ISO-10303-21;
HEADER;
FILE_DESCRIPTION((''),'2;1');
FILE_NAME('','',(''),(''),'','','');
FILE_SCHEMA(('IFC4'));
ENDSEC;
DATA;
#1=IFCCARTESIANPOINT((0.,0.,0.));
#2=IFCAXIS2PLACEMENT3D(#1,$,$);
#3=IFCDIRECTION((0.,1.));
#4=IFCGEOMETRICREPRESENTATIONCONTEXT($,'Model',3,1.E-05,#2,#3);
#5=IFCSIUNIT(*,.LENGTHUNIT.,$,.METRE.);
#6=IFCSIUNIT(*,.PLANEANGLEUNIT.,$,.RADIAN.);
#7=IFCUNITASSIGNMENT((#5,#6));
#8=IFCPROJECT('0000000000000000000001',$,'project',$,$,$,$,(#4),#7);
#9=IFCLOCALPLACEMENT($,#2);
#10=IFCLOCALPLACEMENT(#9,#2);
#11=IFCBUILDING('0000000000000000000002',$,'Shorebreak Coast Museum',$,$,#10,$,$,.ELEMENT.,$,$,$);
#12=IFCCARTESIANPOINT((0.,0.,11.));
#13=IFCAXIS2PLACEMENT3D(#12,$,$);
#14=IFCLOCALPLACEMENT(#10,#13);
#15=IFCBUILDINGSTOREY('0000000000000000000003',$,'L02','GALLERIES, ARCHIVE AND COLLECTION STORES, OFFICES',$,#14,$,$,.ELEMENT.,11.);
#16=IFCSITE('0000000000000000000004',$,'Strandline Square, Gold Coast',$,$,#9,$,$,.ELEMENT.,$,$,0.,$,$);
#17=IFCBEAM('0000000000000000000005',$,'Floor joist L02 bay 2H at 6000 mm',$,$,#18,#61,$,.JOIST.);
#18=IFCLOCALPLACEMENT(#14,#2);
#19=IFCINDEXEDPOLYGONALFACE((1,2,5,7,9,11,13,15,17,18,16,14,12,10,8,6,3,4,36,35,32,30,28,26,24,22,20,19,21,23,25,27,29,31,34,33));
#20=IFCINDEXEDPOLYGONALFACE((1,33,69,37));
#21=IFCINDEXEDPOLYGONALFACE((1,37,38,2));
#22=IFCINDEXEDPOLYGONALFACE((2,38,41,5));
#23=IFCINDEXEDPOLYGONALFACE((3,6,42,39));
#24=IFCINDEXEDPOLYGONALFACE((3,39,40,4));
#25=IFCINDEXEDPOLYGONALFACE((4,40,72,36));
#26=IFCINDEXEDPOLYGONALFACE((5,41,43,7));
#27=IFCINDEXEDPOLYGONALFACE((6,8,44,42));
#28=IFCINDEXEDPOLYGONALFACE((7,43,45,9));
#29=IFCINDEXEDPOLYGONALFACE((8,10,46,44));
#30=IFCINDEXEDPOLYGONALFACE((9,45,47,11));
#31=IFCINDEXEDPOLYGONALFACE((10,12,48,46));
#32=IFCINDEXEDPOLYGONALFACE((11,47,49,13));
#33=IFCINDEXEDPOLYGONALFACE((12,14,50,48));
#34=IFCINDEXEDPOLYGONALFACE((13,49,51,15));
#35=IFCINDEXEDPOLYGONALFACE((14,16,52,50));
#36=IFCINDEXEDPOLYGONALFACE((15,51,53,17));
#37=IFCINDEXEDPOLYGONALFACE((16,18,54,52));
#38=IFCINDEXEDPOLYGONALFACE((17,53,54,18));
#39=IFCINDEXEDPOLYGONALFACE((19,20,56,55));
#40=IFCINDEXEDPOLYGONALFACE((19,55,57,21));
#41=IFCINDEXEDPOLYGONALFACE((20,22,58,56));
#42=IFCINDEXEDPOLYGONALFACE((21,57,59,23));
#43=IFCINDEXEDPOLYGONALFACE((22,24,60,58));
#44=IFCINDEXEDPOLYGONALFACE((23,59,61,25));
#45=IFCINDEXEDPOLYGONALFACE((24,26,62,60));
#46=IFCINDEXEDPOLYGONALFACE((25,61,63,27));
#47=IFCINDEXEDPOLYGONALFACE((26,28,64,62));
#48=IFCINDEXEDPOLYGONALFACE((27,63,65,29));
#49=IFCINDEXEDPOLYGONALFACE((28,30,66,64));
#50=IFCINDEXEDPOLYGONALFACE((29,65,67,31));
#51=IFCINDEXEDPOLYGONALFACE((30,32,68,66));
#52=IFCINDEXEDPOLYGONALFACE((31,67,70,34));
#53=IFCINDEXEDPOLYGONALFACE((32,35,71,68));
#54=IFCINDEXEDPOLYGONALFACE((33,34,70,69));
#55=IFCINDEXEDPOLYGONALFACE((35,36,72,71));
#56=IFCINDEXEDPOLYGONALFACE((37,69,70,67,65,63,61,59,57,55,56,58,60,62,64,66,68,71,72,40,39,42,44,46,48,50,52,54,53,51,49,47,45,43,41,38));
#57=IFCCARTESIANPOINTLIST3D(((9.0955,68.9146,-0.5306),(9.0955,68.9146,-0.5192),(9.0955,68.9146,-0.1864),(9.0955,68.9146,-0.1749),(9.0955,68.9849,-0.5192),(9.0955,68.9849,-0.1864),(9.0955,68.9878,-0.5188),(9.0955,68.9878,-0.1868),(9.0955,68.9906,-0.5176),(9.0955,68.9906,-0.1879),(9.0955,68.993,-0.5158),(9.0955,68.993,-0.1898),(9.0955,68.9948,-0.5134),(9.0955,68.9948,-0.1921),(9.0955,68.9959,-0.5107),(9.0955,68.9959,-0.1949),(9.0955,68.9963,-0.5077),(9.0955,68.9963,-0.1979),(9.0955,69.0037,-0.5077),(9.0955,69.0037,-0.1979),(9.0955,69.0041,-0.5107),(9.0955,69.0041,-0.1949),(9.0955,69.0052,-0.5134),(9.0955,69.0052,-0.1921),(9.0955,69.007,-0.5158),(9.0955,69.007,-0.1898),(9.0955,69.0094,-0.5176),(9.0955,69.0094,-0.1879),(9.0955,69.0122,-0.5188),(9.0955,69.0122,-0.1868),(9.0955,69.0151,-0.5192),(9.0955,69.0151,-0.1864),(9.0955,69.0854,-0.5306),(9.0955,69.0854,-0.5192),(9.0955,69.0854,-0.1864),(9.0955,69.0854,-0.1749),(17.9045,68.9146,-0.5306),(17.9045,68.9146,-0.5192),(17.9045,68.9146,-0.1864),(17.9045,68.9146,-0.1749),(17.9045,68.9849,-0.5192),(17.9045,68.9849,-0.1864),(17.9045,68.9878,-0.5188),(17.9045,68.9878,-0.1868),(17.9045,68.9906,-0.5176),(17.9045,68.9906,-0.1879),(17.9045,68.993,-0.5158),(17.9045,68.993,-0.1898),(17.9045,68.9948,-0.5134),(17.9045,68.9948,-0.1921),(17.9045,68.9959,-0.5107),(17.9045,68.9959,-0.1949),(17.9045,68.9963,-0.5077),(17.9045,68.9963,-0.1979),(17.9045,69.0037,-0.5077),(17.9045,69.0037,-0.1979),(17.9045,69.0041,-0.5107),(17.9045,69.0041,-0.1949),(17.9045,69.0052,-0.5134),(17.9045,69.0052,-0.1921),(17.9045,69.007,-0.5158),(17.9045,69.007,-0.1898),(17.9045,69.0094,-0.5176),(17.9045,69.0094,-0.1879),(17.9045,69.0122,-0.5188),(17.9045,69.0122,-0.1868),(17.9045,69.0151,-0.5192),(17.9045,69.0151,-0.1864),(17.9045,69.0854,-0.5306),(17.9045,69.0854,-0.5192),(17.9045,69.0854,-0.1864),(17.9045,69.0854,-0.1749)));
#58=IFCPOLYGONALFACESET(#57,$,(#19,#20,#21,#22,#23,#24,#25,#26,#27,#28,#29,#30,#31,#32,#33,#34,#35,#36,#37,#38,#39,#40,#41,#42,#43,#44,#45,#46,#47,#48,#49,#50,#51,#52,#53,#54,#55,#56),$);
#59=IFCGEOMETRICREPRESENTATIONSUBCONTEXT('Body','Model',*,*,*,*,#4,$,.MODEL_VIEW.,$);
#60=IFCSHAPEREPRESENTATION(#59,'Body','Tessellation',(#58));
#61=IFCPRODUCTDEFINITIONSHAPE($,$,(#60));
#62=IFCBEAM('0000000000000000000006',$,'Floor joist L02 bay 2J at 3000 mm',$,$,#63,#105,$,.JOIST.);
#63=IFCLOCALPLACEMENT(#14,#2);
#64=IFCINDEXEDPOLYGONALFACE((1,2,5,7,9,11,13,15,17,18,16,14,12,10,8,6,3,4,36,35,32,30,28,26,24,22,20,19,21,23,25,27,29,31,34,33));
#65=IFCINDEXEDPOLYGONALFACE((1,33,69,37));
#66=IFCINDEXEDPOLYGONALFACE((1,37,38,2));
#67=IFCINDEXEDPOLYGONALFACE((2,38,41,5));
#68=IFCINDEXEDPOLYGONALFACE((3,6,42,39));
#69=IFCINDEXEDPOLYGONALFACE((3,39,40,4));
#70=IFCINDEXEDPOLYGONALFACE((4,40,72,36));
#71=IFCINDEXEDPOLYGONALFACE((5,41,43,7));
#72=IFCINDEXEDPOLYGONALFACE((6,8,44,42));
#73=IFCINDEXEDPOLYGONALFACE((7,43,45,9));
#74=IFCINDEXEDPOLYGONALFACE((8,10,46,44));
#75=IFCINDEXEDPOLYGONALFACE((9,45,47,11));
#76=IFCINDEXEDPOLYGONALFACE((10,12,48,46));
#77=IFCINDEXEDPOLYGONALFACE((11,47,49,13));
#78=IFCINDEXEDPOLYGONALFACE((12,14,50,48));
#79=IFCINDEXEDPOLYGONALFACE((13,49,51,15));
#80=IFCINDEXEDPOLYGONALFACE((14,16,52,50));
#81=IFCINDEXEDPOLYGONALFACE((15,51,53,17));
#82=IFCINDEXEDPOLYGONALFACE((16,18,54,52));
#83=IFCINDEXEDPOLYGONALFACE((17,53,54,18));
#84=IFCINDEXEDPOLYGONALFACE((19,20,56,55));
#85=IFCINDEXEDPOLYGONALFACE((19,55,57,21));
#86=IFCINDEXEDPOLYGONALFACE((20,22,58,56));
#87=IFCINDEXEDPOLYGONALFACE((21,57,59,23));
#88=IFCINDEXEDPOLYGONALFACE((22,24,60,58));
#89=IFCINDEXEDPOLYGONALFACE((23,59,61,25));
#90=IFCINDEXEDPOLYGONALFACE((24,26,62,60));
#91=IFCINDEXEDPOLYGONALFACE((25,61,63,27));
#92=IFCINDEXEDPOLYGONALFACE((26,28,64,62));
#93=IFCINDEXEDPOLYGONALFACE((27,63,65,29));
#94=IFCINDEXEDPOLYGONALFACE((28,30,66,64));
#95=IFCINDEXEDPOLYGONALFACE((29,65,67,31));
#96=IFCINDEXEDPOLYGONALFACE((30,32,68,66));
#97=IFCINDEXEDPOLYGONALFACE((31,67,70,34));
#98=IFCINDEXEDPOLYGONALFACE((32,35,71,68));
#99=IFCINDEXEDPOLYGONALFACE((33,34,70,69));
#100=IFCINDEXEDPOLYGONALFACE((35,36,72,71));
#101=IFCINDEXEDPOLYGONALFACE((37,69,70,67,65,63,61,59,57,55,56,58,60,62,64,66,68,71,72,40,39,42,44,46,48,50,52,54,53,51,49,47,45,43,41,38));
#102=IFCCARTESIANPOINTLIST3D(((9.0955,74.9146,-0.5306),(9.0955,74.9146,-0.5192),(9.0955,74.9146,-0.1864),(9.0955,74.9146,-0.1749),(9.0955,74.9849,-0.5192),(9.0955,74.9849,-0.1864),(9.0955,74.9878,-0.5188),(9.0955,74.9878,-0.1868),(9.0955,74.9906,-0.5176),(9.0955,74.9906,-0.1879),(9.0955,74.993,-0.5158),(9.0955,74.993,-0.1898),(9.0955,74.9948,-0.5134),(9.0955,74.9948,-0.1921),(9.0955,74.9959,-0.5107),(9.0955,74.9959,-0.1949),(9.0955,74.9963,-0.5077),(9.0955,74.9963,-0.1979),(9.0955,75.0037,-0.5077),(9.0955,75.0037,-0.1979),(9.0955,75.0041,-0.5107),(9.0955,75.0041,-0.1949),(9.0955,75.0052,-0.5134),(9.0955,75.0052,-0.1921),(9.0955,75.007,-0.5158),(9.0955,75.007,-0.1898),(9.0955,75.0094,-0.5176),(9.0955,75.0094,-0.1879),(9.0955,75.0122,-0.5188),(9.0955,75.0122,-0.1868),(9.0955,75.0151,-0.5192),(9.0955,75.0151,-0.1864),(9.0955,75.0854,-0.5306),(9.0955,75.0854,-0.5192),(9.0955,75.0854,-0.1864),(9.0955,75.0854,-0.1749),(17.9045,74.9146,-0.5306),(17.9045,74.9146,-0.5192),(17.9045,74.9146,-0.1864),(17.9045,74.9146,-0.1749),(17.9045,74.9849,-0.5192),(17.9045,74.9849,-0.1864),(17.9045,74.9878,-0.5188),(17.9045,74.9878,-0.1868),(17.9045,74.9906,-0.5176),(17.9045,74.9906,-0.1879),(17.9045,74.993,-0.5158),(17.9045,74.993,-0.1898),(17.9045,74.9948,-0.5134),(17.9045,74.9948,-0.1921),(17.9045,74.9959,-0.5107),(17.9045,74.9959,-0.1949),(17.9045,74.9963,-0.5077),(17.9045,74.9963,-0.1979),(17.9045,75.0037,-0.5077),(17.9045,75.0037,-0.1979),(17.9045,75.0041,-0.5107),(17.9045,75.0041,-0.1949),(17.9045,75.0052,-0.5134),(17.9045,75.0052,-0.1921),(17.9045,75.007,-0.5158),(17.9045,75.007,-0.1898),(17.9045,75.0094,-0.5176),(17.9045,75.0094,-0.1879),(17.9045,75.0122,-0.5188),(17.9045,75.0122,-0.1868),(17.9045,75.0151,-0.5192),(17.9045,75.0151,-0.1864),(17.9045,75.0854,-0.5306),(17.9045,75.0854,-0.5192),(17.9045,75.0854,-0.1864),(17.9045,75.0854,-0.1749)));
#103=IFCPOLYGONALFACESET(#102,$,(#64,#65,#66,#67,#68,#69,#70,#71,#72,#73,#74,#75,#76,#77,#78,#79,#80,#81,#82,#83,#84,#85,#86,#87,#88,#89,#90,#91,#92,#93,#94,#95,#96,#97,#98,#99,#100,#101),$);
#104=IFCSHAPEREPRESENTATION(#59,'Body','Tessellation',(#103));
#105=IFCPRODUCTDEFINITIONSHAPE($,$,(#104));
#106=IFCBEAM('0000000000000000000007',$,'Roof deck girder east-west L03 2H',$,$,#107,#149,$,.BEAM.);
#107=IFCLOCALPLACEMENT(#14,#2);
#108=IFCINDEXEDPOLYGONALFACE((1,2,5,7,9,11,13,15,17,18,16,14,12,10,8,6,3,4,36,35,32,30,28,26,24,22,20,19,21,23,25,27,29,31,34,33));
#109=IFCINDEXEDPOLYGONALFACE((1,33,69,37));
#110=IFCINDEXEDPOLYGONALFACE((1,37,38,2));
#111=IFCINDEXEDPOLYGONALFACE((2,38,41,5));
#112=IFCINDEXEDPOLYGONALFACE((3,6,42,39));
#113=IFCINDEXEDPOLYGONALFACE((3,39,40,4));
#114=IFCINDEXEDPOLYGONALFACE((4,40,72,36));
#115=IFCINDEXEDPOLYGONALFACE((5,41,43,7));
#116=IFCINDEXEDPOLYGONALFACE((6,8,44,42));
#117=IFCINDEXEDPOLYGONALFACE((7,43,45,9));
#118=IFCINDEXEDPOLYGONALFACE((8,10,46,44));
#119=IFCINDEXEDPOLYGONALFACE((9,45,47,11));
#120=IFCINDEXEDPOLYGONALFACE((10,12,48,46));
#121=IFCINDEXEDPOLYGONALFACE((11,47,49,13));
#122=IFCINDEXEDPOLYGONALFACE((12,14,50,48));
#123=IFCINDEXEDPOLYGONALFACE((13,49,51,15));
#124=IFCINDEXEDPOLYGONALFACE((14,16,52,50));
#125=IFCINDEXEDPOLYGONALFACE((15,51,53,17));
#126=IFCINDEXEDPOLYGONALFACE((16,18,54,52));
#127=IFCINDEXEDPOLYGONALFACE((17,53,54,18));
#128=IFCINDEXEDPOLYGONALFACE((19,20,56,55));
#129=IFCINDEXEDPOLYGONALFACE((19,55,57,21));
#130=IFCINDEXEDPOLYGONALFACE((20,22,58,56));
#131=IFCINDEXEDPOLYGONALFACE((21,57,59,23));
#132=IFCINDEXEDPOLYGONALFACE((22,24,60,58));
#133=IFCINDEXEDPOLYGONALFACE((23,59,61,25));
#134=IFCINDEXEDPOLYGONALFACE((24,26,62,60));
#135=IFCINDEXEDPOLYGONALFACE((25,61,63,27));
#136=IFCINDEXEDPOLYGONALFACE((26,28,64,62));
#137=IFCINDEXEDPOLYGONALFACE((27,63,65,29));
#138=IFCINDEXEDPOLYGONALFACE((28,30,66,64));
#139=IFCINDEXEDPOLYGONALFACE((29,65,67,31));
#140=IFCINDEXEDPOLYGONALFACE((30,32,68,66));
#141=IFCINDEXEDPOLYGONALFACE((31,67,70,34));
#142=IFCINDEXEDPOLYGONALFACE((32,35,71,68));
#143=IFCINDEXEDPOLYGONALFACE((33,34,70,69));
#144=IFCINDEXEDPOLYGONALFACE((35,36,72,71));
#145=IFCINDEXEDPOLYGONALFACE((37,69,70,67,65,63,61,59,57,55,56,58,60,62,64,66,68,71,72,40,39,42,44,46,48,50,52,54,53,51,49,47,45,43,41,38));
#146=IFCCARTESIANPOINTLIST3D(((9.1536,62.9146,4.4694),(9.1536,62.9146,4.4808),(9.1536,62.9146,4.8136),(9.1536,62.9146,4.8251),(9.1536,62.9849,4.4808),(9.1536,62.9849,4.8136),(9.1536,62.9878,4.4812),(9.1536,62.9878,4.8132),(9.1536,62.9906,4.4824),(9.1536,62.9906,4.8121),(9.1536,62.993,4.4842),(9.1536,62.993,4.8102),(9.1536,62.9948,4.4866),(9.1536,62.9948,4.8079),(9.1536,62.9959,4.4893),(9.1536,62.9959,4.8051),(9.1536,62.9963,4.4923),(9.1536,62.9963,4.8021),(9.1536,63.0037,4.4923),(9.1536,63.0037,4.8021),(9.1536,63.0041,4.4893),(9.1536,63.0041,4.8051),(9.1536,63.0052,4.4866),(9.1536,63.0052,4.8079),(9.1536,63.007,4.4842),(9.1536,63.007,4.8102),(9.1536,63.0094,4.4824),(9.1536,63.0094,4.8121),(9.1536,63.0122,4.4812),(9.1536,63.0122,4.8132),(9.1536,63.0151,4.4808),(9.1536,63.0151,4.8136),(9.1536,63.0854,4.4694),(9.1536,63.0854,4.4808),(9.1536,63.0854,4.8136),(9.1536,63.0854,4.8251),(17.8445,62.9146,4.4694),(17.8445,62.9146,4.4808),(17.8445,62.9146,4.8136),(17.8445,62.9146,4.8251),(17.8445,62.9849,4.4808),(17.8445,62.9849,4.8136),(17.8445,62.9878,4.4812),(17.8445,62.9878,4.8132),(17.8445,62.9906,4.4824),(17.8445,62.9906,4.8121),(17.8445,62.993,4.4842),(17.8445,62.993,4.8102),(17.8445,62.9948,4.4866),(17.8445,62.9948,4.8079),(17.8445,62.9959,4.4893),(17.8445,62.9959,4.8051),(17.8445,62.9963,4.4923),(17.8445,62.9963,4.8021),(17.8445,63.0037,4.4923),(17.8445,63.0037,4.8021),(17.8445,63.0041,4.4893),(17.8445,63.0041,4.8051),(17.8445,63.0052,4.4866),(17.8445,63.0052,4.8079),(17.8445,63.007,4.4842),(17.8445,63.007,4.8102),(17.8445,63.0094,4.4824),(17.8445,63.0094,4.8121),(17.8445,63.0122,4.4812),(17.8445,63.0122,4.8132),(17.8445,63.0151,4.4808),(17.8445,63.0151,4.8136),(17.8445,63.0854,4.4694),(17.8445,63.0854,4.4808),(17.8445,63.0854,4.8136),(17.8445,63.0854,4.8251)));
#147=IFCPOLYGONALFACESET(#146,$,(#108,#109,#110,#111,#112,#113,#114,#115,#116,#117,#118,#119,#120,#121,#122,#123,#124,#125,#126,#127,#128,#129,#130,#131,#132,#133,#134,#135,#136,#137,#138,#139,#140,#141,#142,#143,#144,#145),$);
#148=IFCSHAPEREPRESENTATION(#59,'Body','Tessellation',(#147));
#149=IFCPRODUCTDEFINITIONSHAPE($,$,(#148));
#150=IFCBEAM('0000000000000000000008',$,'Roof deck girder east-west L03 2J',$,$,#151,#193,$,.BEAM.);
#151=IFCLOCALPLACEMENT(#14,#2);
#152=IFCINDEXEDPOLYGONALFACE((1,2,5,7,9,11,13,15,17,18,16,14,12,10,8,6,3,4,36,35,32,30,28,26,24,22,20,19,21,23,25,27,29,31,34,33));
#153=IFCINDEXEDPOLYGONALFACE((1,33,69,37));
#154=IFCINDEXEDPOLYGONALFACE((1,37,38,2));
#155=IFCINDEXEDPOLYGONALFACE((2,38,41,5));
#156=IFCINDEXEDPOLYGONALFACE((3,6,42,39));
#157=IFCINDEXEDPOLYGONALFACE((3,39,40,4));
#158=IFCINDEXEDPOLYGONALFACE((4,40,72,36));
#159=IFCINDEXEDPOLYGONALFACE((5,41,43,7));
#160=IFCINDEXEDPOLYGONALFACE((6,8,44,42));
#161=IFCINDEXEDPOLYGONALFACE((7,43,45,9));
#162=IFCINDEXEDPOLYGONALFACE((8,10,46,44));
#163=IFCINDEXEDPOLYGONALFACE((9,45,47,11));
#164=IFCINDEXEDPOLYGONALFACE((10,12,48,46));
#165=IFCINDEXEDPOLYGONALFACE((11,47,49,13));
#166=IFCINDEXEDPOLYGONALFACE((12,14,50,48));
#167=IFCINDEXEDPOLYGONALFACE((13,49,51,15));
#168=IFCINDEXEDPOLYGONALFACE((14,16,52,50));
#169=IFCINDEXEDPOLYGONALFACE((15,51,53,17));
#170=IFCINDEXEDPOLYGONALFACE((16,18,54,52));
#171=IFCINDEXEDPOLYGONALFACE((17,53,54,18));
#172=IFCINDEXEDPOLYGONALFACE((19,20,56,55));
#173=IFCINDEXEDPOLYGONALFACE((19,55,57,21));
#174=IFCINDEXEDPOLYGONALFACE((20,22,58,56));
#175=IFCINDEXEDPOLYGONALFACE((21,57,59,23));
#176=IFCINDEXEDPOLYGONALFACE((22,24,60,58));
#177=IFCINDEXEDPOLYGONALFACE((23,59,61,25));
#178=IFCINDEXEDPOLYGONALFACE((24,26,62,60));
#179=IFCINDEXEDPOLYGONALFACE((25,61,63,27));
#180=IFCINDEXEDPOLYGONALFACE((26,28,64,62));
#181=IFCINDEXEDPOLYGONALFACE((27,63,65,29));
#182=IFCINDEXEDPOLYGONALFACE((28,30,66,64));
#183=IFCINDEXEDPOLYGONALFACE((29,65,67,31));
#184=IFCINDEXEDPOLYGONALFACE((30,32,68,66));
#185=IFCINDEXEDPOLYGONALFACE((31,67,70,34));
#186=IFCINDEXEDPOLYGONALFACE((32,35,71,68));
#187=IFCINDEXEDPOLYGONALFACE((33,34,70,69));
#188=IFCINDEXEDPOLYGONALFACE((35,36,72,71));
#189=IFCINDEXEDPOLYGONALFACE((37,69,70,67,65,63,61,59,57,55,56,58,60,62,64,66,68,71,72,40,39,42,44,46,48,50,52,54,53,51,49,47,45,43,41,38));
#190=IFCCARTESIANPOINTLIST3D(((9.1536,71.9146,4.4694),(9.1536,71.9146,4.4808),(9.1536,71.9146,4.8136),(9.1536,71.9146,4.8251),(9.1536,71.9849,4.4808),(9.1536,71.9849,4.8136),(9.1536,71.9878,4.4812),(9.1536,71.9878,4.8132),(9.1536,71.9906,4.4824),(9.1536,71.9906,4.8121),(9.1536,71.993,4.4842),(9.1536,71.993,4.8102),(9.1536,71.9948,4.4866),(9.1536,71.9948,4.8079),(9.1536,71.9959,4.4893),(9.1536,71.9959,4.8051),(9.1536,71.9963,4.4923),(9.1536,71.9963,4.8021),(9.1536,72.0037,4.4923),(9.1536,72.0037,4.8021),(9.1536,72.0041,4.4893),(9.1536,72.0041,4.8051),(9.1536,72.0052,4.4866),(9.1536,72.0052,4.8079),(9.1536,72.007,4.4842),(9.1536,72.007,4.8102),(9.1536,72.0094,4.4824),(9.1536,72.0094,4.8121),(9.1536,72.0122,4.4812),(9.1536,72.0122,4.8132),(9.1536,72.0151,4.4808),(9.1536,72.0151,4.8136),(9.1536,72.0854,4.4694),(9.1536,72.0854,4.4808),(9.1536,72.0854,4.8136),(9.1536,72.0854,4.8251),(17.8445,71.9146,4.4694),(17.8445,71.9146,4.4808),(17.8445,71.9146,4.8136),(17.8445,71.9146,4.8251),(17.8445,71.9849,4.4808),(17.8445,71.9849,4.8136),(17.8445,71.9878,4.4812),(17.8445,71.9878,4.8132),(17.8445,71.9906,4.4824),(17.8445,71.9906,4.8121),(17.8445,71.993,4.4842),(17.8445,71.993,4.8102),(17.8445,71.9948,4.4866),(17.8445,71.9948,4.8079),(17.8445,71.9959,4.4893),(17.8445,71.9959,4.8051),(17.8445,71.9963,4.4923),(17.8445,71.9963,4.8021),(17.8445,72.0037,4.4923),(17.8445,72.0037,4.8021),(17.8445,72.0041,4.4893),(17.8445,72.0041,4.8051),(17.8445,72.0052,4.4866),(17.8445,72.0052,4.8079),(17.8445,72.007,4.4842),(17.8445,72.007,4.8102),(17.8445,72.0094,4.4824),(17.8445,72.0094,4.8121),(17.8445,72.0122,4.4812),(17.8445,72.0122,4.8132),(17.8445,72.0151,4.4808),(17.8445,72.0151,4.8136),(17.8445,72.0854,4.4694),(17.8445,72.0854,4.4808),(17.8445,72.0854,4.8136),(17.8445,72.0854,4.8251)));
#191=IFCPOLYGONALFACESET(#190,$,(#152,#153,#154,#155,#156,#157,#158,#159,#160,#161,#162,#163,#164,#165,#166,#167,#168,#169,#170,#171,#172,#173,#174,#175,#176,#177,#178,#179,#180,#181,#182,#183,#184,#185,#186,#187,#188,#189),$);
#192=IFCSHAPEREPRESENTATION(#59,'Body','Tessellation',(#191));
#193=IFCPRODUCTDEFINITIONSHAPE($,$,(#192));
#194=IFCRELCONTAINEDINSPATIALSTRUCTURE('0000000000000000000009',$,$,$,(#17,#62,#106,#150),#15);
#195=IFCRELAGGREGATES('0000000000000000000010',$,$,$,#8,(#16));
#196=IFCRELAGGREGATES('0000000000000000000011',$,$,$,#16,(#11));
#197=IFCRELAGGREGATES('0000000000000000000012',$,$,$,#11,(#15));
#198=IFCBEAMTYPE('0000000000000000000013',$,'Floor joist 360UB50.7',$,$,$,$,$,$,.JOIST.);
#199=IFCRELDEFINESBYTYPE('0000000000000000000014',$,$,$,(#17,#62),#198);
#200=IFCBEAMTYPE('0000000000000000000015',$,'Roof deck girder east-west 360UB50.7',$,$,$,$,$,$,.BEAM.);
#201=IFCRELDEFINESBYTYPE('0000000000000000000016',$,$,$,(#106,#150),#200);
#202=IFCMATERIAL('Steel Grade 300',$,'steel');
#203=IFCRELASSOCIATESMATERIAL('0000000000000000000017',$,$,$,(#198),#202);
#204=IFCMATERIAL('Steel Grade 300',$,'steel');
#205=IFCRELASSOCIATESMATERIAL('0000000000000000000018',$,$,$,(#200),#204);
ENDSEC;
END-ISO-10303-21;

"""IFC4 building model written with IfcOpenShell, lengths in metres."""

from ifc_helpers import new_model, si_unit, direction, frame, origin, origin_2d, place, context, subcontext, project, spatial, i_section, extrude, material, material_profile, profile_set, type_object, element, save


model = new_model("IFC4")

# Units and contexts
model_context = context("Model", 3, precision=1e-05, world=origin(), true_north=direction((0.0, 1.0)))
body_context = subcontext(model_context, "Body", "Model", "MODEL_VIEW")
ifc_project = project(units=[si_unit("LENGTHUNIT", "METRE"), si_unit("PLANEANGLEUNIT", "RADIAN")], contexts=[model_context])

# Site, building, storey
site_placement = place(None, origin())
site = spatial("IfcSite", under=ifc_project, at=site_placement, Name="Strandline Square, Gold Coast", CompositionType="ELEMENT", RefElevation=0.0)
building_placement = place(site_placement, origin())
building = spatial("IfcBuilding", under=site, at=building_placement, Name="Shorebreak Coast Museum", CompositionType="ELEMENT")
storey_placement = place(building_placement, frame((0.0, 0.0, 11.0)))
storey = spatial("IfcBuildingStorey", under=building, at=storey_placement, Name="L02", Description="GALLERIES, ARCHIVE AND COLLECTION STORES, OFFICES", CompositionType="ELEMENT", Elevation=11.0)

# Beams
ifc_material_1 = material(Name="Steel Grade 300", Category="steel")
ifc_material_profile_1 = material_profile(ifc_material_1, i_section(OverallWidth=0.1709, OverallDepth=0.3557, WebThickness=0.0073, FlangeThickness=0.0115, FilletRadius=0.0115, at=origin_2d()), Name="360UB50.7")
ifc_profile_set_1 = profile_set([ifc_material_profile_1], Name="Steel Grade 300")
beam_type_1 = type_object("IfcBeamType", Name="Floor joist 360UB50.7", PredefinedType="JOIST", material=ifc_profile_set_1)
for number, where, z_axis, x_axis, name in (
    (1, (9.0955, 69.0, -0.3528), (1.0, 0.0, 0.0), (0.0, 1.0, 0.0), "Floor joist L02 bay 2H at 6000 mm"),
    (2, (9.0955, 75.0, -0.3528), (1.0, 0.0, 0.0), (0.0, 1.0, 0.0), "Floor joist L02 bay 2J at 3000 mm"),
):
    element("IfcBeam", number, at=place(storey_placement, frame(where, z_axis=z_axis, x_axis=x_axis)), inside=storey, type_object=beam_type_1, Name=name, PredefinedType="JOIST", context=body_context, shape_type="SweptSolid", body=[
        extrude(i_section(OverallWidth=0.1709, OverallDepth=0.3557, WebThickness=0.0073, FlangeThickness=0.0115, FilletRadius=0.0115, at=origin_2d()), origin(), (0.0, 0.0, 1.0), 8.8091),
    ])
ifc_material_2 = material(Name="Steel Grade 300", Category="steel")
ifc_material_profile_2 = material_profile(ifc_material_2, i_section(OverallWidth=0.1709, OverallDepth=0.3557, WebThickness=0.0073, FlangeThickness=0.0115, FilletRadius=0.0115, at=origin_2d()), Name="360UB50.7")
ifc_profile_set_2 = profile_set([ifc_material_profile_2], Name="Steel Grade 300")
beam_type_2 = type_object("IfcBeamType", Name="Roof deck girder east-west 360UB50.7", PredefinedType="BEAM", material=ifc_profile_set_2)
for number, where, z_axis, x_axis, name in (
    (3, (9.1536, 63.0, 4.6472), (1.0, 0.0, 0.0), (0.0, 1.0, 0.0), "Roof deck girder east-west L03 2H"),
    (4, (9.1536, 72.0, 4.6472), (1.0, 0.0, 0.0), (0.0, 1.0, 0.0), "Roof deck girder east-west L03 2J"),
):
    element("IfcBeam", number, at=place(storey_placement, frame(where, z_axis=z_axis, x_axis=x_axis)), inside=storey, type_object=beam_type_2, Name=name, PredefinedType="BEAM", context=body_context, shape_type="SweptSolid", body=[
        extrude(i_section(OverallWidth=0.1709, OverallDepth=0.3557, WebThickness=0.0073, FlangeThickness=0.0115, FilletRadius=0.0115, at=origin_2d()), origin(), (0.0, 0.0, 1.0), 8.6909),
    ])

save(model, "model.ifc")
